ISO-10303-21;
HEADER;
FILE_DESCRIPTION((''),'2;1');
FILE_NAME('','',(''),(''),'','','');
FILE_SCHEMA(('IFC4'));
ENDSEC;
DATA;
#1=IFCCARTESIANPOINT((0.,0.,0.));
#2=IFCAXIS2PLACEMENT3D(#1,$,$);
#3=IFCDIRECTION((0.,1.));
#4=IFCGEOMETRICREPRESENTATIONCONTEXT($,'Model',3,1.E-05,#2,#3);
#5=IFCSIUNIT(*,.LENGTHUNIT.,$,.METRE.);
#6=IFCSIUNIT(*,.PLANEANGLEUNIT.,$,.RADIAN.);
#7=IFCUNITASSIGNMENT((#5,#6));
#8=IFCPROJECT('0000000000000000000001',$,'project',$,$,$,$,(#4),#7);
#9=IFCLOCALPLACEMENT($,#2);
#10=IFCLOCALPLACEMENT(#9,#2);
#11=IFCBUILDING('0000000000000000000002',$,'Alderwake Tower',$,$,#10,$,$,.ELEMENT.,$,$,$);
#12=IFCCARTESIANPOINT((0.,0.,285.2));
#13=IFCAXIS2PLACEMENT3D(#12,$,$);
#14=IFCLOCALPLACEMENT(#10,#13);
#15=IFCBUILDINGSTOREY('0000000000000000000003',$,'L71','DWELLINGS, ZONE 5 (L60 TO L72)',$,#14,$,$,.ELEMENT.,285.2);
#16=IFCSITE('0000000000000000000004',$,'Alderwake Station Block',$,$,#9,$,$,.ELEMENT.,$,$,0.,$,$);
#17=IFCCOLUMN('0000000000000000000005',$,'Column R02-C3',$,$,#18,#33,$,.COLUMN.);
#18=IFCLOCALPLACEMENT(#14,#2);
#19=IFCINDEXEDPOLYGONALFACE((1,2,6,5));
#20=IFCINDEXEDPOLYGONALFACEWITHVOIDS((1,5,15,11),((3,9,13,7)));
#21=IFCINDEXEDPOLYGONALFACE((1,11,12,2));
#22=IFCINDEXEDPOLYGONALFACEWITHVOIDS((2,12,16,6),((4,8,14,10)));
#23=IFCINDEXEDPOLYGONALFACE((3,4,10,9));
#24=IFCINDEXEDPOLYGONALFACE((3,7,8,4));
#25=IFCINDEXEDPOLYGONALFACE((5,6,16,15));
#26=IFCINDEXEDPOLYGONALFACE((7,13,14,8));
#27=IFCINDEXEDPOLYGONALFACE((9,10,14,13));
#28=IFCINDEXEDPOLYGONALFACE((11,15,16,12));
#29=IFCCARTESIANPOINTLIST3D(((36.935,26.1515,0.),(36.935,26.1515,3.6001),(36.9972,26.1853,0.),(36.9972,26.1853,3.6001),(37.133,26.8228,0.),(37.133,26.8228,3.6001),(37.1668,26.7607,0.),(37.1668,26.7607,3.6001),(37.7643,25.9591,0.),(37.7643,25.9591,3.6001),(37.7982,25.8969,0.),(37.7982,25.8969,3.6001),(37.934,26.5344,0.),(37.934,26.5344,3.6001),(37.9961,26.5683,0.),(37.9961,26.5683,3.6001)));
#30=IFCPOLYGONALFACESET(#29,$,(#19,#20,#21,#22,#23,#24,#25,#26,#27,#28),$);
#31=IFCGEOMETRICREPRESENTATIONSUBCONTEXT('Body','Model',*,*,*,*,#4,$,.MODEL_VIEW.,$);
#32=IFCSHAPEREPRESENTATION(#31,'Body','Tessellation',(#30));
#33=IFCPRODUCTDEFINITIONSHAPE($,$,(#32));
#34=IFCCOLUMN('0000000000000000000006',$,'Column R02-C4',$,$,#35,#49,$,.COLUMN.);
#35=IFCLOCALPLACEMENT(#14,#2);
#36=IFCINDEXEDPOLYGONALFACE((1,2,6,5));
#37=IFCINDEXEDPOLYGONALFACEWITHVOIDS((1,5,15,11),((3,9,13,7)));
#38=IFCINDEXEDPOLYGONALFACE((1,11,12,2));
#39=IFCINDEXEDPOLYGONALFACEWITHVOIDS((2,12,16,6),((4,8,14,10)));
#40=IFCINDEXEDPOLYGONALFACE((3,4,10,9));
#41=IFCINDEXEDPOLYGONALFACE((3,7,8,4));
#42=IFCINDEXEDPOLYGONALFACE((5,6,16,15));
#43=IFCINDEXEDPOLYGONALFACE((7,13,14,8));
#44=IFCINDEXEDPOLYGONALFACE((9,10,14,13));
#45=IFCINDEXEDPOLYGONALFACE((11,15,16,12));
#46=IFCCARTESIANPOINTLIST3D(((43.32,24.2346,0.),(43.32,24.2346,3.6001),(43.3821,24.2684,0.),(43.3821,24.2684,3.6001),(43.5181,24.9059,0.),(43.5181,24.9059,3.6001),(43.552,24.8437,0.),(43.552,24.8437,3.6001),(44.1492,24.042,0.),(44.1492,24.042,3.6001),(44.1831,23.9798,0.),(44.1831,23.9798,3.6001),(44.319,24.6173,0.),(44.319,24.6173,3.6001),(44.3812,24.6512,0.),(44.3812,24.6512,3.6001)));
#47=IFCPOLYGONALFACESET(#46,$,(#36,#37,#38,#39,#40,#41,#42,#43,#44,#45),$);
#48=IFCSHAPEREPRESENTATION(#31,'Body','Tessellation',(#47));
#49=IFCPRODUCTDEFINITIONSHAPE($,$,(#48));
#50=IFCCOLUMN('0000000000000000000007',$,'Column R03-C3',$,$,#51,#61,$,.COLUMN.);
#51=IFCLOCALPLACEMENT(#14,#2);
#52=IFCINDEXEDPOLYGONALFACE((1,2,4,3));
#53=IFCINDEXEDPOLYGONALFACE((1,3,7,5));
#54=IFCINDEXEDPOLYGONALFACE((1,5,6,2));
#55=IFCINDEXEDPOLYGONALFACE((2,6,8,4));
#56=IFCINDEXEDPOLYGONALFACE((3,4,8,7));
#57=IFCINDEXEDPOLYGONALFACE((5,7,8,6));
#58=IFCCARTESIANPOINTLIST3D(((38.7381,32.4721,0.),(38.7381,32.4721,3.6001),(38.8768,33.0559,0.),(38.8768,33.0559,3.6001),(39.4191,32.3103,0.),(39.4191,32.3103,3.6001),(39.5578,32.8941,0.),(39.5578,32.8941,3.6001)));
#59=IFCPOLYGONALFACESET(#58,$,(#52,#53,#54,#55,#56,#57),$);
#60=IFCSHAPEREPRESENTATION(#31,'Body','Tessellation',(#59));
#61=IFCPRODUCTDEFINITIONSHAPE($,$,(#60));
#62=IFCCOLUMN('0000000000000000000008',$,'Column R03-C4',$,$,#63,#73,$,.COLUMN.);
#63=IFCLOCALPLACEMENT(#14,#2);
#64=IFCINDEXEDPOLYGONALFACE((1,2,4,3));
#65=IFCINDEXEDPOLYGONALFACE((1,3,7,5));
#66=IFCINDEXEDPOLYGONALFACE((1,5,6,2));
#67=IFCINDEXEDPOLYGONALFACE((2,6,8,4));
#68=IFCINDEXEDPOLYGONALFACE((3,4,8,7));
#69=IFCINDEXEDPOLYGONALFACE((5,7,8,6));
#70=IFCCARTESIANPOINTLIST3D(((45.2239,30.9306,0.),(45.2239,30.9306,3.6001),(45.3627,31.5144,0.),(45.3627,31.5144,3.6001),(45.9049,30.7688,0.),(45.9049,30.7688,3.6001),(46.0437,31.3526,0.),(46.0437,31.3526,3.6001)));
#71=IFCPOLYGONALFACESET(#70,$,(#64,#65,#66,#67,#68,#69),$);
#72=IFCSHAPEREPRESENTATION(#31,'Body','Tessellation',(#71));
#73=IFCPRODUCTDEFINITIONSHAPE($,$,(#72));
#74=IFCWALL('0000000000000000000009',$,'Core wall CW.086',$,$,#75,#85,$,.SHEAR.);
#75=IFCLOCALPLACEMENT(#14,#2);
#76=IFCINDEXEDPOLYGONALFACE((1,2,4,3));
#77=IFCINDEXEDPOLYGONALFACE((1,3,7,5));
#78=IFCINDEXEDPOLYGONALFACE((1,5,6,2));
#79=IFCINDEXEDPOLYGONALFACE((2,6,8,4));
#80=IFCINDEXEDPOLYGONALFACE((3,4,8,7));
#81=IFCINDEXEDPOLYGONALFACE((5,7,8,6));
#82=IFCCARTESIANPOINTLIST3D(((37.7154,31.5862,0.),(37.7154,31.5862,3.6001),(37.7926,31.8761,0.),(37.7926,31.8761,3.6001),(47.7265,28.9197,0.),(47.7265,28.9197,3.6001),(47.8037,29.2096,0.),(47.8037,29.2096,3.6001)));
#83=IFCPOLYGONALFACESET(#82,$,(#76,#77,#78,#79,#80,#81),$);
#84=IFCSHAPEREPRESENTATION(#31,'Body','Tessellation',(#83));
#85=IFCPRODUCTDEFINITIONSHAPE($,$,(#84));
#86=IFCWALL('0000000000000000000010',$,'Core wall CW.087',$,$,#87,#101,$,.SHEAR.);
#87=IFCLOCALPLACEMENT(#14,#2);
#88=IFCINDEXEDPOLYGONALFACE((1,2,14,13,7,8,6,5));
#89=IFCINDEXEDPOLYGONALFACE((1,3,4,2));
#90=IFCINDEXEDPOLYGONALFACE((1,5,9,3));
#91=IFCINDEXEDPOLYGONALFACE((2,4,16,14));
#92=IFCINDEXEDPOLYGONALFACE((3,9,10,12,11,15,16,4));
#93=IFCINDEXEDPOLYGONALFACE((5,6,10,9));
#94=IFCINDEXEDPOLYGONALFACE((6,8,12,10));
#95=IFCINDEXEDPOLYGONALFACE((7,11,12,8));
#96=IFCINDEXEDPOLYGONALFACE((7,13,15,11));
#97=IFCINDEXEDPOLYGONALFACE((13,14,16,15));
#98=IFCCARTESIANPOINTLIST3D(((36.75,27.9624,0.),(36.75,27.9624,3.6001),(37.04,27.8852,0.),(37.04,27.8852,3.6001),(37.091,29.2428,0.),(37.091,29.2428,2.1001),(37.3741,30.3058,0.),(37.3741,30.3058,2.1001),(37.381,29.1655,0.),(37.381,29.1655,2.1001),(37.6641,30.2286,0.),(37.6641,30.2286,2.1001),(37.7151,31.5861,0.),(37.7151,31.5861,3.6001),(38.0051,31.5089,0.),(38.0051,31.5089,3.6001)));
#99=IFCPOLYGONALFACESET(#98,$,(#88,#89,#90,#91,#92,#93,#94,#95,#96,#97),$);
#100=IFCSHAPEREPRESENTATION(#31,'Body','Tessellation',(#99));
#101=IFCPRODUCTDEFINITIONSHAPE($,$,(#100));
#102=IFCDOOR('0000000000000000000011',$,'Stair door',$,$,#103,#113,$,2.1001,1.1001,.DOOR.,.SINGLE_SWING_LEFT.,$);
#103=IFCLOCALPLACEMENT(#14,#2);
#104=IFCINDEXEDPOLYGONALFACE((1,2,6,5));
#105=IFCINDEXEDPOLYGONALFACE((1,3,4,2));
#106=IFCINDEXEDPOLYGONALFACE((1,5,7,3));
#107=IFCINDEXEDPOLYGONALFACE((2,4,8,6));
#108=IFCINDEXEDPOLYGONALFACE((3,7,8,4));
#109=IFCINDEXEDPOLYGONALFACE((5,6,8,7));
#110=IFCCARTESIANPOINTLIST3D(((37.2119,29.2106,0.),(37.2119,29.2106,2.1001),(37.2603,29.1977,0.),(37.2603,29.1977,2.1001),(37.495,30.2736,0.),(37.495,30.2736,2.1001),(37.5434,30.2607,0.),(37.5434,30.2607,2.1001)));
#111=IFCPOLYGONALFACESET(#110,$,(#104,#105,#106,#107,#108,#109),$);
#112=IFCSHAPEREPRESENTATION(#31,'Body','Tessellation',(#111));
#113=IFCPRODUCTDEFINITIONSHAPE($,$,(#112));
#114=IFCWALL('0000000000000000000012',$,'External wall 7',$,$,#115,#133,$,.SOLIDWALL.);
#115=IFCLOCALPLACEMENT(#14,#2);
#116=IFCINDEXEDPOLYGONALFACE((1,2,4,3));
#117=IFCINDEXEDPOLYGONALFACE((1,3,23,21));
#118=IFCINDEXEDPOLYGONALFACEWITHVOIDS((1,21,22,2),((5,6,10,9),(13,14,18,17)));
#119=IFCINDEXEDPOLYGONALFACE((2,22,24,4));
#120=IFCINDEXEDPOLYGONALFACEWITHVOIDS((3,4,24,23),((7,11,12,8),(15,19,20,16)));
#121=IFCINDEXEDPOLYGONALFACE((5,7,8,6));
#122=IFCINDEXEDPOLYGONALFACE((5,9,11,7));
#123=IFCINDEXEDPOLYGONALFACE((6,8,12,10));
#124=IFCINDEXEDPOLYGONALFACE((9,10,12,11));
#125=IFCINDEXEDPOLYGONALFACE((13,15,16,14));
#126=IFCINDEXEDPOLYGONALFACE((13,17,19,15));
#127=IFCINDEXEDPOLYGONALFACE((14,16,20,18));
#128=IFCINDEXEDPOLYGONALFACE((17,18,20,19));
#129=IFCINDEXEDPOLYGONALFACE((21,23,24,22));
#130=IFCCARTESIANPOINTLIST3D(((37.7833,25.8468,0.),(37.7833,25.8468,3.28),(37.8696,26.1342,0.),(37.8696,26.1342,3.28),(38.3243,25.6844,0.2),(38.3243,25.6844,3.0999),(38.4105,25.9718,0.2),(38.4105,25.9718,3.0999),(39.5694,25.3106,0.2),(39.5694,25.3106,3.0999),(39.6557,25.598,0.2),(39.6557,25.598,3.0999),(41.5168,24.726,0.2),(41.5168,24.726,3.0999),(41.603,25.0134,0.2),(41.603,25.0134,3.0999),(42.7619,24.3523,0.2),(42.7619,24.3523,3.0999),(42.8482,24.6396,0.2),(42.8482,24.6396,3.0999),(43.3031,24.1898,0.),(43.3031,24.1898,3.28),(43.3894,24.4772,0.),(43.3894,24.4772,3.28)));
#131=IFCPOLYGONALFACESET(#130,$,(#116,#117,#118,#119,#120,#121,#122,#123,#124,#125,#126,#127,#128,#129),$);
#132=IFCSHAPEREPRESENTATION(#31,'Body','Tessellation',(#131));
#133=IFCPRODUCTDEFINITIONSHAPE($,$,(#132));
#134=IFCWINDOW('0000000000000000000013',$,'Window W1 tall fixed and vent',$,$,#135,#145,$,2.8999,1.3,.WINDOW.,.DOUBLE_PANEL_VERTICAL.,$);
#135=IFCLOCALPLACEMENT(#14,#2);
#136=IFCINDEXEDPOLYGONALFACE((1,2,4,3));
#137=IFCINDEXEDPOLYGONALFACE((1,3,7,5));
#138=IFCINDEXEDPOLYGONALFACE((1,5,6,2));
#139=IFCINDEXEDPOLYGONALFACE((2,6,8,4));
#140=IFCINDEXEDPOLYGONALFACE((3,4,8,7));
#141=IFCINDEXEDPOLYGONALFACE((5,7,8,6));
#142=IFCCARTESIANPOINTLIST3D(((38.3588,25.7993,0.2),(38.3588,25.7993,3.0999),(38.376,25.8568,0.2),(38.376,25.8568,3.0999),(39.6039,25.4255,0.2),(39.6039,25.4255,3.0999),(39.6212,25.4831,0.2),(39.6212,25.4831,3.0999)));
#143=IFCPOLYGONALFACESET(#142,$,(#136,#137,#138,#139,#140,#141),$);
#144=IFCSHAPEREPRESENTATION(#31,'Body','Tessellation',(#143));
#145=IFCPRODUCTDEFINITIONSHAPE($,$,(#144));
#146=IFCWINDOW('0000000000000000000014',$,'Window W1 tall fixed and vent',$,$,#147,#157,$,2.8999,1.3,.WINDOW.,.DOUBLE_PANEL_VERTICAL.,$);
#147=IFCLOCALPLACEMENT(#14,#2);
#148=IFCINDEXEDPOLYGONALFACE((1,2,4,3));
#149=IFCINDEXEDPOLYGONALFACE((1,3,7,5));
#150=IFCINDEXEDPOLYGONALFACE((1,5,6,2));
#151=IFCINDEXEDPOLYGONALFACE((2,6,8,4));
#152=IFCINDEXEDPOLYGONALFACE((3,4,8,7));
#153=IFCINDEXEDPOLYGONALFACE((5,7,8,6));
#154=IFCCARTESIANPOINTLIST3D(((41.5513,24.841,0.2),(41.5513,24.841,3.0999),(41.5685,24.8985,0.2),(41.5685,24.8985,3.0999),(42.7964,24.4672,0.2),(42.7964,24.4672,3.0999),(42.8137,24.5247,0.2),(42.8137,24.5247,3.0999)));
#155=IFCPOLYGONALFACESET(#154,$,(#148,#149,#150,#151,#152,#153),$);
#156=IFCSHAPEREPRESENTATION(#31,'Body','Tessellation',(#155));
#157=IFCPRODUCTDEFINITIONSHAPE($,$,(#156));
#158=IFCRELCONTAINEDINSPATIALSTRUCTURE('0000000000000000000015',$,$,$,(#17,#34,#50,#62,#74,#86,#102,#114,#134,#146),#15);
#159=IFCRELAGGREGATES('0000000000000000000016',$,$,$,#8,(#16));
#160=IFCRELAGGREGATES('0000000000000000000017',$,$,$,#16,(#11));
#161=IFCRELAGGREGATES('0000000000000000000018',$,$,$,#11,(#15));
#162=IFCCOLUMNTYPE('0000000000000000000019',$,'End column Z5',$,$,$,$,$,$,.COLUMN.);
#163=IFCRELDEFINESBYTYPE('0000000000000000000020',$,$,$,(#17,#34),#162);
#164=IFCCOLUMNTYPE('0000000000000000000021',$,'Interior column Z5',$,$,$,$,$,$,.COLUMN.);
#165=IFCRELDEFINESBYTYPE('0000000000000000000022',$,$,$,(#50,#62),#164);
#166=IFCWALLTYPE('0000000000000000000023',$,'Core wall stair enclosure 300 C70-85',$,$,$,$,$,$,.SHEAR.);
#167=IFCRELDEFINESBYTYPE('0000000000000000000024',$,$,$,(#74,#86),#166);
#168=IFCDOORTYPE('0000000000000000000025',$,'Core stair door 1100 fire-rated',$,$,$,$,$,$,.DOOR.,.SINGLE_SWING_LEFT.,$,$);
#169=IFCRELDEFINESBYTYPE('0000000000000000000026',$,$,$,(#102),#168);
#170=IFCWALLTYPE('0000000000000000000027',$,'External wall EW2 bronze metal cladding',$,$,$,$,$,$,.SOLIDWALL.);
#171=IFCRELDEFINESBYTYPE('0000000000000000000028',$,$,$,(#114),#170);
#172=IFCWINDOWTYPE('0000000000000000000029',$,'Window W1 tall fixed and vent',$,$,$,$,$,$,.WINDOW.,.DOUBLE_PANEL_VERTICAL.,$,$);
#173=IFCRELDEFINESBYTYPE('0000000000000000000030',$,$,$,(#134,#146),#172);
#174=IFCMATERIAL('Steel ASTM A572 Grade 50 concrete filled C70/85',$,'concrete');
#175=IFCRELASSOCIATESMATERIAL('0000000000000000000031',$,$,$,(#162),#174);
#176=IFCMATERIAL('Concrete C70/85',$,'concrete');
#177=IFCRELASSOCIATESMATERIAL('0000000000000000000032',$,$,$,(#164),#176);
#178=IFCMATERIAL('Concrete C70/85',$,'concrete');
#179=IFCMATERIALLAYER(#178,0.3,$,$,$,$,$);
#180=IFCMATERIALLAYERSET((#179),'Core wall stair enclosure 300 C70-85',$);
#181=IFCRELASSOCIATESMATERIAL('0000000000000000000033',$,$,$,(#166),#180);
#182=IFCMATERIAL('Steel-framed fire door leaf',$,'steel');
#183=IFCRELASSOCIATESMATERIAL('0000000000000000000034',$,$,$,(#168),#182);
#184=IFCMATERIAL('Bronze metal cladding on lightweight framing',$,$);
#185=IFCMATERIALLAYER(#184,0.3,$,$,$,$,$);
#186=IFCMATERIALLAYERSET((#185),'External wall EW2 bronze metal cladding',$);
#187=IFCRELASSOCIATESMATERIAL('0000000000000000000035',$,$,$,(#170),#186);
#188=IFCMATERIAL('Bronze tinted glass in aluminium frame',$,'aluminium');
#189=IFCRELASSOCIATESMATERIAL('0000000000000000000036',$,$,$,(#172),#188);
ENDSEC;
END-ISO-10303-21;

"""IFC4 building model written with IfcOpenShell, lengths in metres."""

from ifc_helpers import new_model, si_unit, direction, frame, frame_2d, origin, origin_2d, place, context, subcontext, project, spatial, rectangle, hollow_rectangle, extrude, material, layer, layer_set, material_profile, profile_set, type_object, element, fill, save


model = new_model("IFC4")

# Units and contexts
model_context = context("Model", 3, precision=1e-05, world=origin(), true_north=direction((0.0, 1.0)))
body_context = subcontext(model_context, "Body", "Model", "MODEL_VIEW")
ifc_project = project(units=[si_unit("LENGTHUNIT", "METRE"), si_unit("PLANEANGLEUNIT", "RADIAN")], contexts=[model_context])

# Site, building, storey
site_placement = place(None, origin())
site = spatial("IfcSite", under=ifc_project, at=site_placement, Name="Alderwake Station Block", CompositionType="ELEMENT", RefElevation=0.0)
building_placement = place(site_placement, origin())
building = spatial("IfcBuilding", under=site, at=building_placement, Name="Alderwake Tower", CompositionType="ELEMENT")
storey_placement = place(building_placement, frame((0.0, 0.0, 285.2)))
storey = spatial("IfcBuildingStorey", under=building, at=storey_placement, Name="L71", Description="DWELLINGS, ZONE 5 (L60 TO L72)", CompositionType="ELEMENT", Elevation=285.2)

# Columns
ifc_material_1 = material(Name="Steel ASTM A572 Grade 50 concrete filled C70/85", Category="concrete")
ifc_material_profile_1 = material_profile(ifc_material_1, hollow_rectangle(XDim=0.7, YDim=0.8999, WallThickness=0.05, at=origin_2d()), Name="BOX 900X700X50")
ifc_profile_set_1 = profile_set([ifc_material_profile_1], Name="Steel ASTM A572 Grade 50 concrete filled C70/85")
column_type_1 = type_object("IfcColumnType", Name="End column Z5", PredefinedType="COLUMN", material=ifc_profile_set_1)
for number, where, z_axis, x_axis, name in (
    (1, (37.4656, 26.3599, 0.0), (0.0, 0.0, 1.0), (0.282854, 0.959163, 0.0), "Column R02-C3"),
    (2, (43.8506, 24.4429, 0.0), (0.0, 0.0, 1.0), (0.283096, 0.959091, 0.0), "Column R02-C4"),
):
    element("IfcColumn", number, at=place(storey_placement, frame(where, z_axis=z_axis, x_axis=x_axis)), inside=storey, type_object=column_type_1, Name=name, PredefinedType="COLUMN", context=body_context, shape_type="SweptSolid", body=[
        extrude(hollow_rectangle(XDim=0.7, YDim=0.8999, WallThickness=0.05, at=origin_2d()), origin(), (0.0, 0.0, 1.0), 3.6001),
    ])
ifc_material_2 = material(Name="Concrete C70/85", Category="concrete")
ifc_material_profile_2 = material_profile(ifc_material_2, rectangle(XDim=0.6001, YDim=0.7, at=origin_2d()), Name="RC 700X600")
ifc_profile_set_2 = profile_set([ifc_material_profile_2], Name="Concrete C70/85")
column_type_2 = type_object("IfcColumnType", Name="Interior column Z5", PredefinedType="COLUMN", material=ifc_profile_set_2)
for number, where, z_axis, x_axis, name in (
    (3, (39.1479, 32.6831, 0.0), (0.0, 0.0, 1.0), (0.231222, 0.972901, 0.0), "Column R03-C3"),
    (4, (45.6338, 31.1416, 0.0), (0.0, 0.0, 1.0), (0.231222, 0.972901, 0.0), "Column R03-C4"),
):
    element("IfcColumn", number, at=place(storey_placement, frame(where, z_axis=z_axis, x_axis=x_axis)), inside=storey, type_object=column_type_2, Name=name, PredefinedType="COLUMN", context=body_context, shape_type="SweptSolid", body=[
        extrude(rectangle(XDim=0.6001, YDim=0.7, at=origin_2d()), origin(), (0.0, 0.0, 1.0), 3.6001),
    ])

# Wall
ifc_material_3 = material(Name="Concrete C70/85", Category="concrete")
ifc_layer_1 = layer(ifc_material_3, 0.3)
ifc_layer_set_1 = layer_set([ifc_layer_1], Name="Core wall stair enclosure 300 C70-85")
wall_type_1 = type_object("IfcWallType", Name="Core wall stair enclosure 300 C70-85", PredefinedType="SHEAR", material=ifc_layer_set_1)
wall_1_placement = place(storey_placement, frame((37.7539, 31.7312, 0.0), z_axis=(0.0, 0.0, 1.0), x_axis=(0.966309, -0.257384, 0.0)))
element("IfcWall", 5, at=wall_1_placement, inside=storey, type_object=wall_type_1, Name="Core wall CW.086", PredefinedType="SHEAR", context=body_context, shape_type="SweptSolid", body=[
    extrude(rectangle(XDim=10.3601, YDim=0.3, at=frame_2d((5.1802, 0.0))), origin(), (0.0, 0.0, 1.0), 3.6001),
])

# Wall, opening, door
wall_2_placement = place(storey_placement, frame((36.895, 27.9238, 0.0), z_axis=(0.0, 0.0, 1.0), x_axis=(0.257351, 0.966318, 0.0)))
wall_2 = element("IfcWall", 6, at=wall_2_placement, inside=storey, type_object=wall_type_1, Name="Core wall CW.087", PredefinedType="SHEAR", context=body_context, shape_type="SweptSolid", body=[
    extrude(rectangle(XDim=3.75, YDim=0.3, at=frame_2d((1.875, 0.0))), origin(), (0.0, 0.0, 1.0), 3.6001),
])
opening_1_placement = place(wall_2_placement, frame((1.325, 0.0, 0.0)))
opening_1 = element("IfcOpeningElement", 7, at=opening_1_placement, cuts=wall_2, PredefinedType="OPENING", context=body_context, shape_type="SweptSolid", body=[
    extrude(rectangle(XDim=1.1001, YDim=2.1001, at=frame_2d((0.55, 1.05))), frame((0.0, 0.1599, 0.0), z_axis=(0.0, -1.0, 0.0), x_axis=(1.0, 0.0, 0.0)), (0.0, 0.0, 1.0), 0.3201),
])
ifc_material_4 = material(Name="Steel-framed fire door leaf", Category="steel")
door_type = type_object("IfcDoorType", Name="Core stair door 1100 fire-rated", OperationType="SINGLE_SWING_LEFT", PredefinedType="DOOR", material=ifc_material_4)
door_placement = place(opening_1_placement, origin())
door = element("IfcDoor", 8, at=door_placement, inside=storey, type_object=door_type, Name="Stair door", OperationType="SINGLE_SWING_LEFT", OverallHeight=2.1001, OverallWidth=1.1001, PredefinedType="DOOR", context=body_context, shape_type="SweptSolid", body=[
    extrude(rectangle(XDim=1.1001, YDim=2.1001, at=frame_2d((0.55, 1.05))), frame((0.0, 0.0249, 0.0), z_axis=(0.0, -1.0, 0.0), x_axis=(1.0, 0.0, 0.0)), (0.0, 0.0, 1.0), 0.05),
])
fill(opening_1, door)

# Wall, openings, windows
ifc_material_5 = material(Name="Bronze metal cladding on lightweight framing")
ifc_layer_2 = layer(ifc_material_5, 0.3)
ifc_layer_set_2 = layer_set([ifc_layer_2], Name="External wall EW2 bronze metal cladding")
wall_type_2 = type_object("IfcWallType", Name="External wall EW2 bronze metal cladding", PredefinedType="SOLIDWALL", material=ifc_layer_set_2)
wall_3_placement = place(storey_placement, frame((37.8264, 25.9905, 0.0), z_axis=(0.0, 0.0, 1.0), x_axis=(0.957776, -0.287515, 0.0)))
wall_3 = element("IfcWall", 9, at=wall_3_placement, inside=storey, type_object=wall_type_2, Name="External wall 7", PredefinedType="SOLIDWALL", context=body_context, shape_type="SweptSolid", body=[
    extrude(rectangle(XDim=5.7632, YDim=0.3, at=frame_2d((2.8816, 0.0))), origin(), (0.0, 0.0, 1.0), 3.28),
])
opening_2_placement = place(wall_3_placement, frame((0.5649, 0.0, 0.2)))
opening_2 = element("IfcOpeningElement", 10, at=opening_2_placement, cuts=wall_3, PredefinedType="OPENING", context=body_context, shape_type="SweptSolid", body=[
    extrude(rectangle(XDim=1.3, YDim=2.8999, at=frame_2d((0.6499, 1.45))), frame((0.0, 0.1599, 0.0), z_axis=(0.0, -1.0, 0.0), x_axis=(1.0, 0.0, 0.0)), (0.0, 0.0, 1.0), 0.3201),
])
opening_3_placement = place(wall_3_placement, frame((3.8982, 0.0, 0.2)))
opening_3 = element("IfcOpeningElement", 11, at=opening_3_placement, cuts=wall_3, PredefinedType="OPENING", context=body_context, shape_type="SweptSolid", body=[
    extrude(rectangle(XDim=1.3, YDim=2.8999, at=frame_2d((0.6499, 1.45))), frame((0.0, 0.1599, 0.0), z_axis=(0.0, -1.0, 0.0), x_axis=(1.0, 0.0, 0.0)), (0.0, 0.0, 1.0), 0.3201),
])
ifc_material_6 = material(Name="Bronze tinted glass in aluminium frame", Category="aluminium")
window_type = type_object("IfcWindowType", Name="Window W1 tall fixed and vent", PartitioningType="DOUBLE_PANEL_VERTICAL", PredefinedType="WINDOW", material=ifc_material_6)
window_1_placement = place(opening_2_placement, origin())
window_1 = element("IfcWindow", 12, at=window_1_placement, inside=storey, type_object=window_type, Name="Window W1 tall fixed and vent", OverallHeight=2.8999, OverallWidth=1.3, PartitioningType="DOUBLE_PANEL_VERTICAL", PredefinedType="WINDOW", context=body_context, shape_type="SweptSolid", body=[
    extrude(rectangle(XDim=1.3, YDim=2.8999, at=frame_2d((0.6499, 1.45))), frame((0.0, 0.03, 0.0), z_axis=(0.0, -1.0, 0.0), x_axis=(1.0, 0.0, 0.0)), (0.0, 0.0, 1.0), 0.0601),
])
fill(opening_2, window_1)
window_2_placement = place(opening_3_placement, origin())
window_2 = element("IfcWindow", 13, at=window_2_placement, inside=storey, type_object=window_type, Name="Window W1 tall fixed and vent", OverallHeight=2.8999, OverallWidth=1.3, PartitioningType="DOUBLE_PANEL_VERTICAL", PredefinedType="WINDOW", context=body_context, shape_type="SweptSolid", body=[
    extrude(rectangle(XDim=1.3, YDim=2.8999, at=frame_2d((0.6499, 1.45))), frame((0.0, 0.03, 0.0), z_axis=(0.0, -1.0, 0.0), x_axis=(1.0, 0.0, 0.0)), (0.0, 0.0, 1.0), 0.0601),
])
fill(opening_3, window_2)

save(model, "model.ifc")
